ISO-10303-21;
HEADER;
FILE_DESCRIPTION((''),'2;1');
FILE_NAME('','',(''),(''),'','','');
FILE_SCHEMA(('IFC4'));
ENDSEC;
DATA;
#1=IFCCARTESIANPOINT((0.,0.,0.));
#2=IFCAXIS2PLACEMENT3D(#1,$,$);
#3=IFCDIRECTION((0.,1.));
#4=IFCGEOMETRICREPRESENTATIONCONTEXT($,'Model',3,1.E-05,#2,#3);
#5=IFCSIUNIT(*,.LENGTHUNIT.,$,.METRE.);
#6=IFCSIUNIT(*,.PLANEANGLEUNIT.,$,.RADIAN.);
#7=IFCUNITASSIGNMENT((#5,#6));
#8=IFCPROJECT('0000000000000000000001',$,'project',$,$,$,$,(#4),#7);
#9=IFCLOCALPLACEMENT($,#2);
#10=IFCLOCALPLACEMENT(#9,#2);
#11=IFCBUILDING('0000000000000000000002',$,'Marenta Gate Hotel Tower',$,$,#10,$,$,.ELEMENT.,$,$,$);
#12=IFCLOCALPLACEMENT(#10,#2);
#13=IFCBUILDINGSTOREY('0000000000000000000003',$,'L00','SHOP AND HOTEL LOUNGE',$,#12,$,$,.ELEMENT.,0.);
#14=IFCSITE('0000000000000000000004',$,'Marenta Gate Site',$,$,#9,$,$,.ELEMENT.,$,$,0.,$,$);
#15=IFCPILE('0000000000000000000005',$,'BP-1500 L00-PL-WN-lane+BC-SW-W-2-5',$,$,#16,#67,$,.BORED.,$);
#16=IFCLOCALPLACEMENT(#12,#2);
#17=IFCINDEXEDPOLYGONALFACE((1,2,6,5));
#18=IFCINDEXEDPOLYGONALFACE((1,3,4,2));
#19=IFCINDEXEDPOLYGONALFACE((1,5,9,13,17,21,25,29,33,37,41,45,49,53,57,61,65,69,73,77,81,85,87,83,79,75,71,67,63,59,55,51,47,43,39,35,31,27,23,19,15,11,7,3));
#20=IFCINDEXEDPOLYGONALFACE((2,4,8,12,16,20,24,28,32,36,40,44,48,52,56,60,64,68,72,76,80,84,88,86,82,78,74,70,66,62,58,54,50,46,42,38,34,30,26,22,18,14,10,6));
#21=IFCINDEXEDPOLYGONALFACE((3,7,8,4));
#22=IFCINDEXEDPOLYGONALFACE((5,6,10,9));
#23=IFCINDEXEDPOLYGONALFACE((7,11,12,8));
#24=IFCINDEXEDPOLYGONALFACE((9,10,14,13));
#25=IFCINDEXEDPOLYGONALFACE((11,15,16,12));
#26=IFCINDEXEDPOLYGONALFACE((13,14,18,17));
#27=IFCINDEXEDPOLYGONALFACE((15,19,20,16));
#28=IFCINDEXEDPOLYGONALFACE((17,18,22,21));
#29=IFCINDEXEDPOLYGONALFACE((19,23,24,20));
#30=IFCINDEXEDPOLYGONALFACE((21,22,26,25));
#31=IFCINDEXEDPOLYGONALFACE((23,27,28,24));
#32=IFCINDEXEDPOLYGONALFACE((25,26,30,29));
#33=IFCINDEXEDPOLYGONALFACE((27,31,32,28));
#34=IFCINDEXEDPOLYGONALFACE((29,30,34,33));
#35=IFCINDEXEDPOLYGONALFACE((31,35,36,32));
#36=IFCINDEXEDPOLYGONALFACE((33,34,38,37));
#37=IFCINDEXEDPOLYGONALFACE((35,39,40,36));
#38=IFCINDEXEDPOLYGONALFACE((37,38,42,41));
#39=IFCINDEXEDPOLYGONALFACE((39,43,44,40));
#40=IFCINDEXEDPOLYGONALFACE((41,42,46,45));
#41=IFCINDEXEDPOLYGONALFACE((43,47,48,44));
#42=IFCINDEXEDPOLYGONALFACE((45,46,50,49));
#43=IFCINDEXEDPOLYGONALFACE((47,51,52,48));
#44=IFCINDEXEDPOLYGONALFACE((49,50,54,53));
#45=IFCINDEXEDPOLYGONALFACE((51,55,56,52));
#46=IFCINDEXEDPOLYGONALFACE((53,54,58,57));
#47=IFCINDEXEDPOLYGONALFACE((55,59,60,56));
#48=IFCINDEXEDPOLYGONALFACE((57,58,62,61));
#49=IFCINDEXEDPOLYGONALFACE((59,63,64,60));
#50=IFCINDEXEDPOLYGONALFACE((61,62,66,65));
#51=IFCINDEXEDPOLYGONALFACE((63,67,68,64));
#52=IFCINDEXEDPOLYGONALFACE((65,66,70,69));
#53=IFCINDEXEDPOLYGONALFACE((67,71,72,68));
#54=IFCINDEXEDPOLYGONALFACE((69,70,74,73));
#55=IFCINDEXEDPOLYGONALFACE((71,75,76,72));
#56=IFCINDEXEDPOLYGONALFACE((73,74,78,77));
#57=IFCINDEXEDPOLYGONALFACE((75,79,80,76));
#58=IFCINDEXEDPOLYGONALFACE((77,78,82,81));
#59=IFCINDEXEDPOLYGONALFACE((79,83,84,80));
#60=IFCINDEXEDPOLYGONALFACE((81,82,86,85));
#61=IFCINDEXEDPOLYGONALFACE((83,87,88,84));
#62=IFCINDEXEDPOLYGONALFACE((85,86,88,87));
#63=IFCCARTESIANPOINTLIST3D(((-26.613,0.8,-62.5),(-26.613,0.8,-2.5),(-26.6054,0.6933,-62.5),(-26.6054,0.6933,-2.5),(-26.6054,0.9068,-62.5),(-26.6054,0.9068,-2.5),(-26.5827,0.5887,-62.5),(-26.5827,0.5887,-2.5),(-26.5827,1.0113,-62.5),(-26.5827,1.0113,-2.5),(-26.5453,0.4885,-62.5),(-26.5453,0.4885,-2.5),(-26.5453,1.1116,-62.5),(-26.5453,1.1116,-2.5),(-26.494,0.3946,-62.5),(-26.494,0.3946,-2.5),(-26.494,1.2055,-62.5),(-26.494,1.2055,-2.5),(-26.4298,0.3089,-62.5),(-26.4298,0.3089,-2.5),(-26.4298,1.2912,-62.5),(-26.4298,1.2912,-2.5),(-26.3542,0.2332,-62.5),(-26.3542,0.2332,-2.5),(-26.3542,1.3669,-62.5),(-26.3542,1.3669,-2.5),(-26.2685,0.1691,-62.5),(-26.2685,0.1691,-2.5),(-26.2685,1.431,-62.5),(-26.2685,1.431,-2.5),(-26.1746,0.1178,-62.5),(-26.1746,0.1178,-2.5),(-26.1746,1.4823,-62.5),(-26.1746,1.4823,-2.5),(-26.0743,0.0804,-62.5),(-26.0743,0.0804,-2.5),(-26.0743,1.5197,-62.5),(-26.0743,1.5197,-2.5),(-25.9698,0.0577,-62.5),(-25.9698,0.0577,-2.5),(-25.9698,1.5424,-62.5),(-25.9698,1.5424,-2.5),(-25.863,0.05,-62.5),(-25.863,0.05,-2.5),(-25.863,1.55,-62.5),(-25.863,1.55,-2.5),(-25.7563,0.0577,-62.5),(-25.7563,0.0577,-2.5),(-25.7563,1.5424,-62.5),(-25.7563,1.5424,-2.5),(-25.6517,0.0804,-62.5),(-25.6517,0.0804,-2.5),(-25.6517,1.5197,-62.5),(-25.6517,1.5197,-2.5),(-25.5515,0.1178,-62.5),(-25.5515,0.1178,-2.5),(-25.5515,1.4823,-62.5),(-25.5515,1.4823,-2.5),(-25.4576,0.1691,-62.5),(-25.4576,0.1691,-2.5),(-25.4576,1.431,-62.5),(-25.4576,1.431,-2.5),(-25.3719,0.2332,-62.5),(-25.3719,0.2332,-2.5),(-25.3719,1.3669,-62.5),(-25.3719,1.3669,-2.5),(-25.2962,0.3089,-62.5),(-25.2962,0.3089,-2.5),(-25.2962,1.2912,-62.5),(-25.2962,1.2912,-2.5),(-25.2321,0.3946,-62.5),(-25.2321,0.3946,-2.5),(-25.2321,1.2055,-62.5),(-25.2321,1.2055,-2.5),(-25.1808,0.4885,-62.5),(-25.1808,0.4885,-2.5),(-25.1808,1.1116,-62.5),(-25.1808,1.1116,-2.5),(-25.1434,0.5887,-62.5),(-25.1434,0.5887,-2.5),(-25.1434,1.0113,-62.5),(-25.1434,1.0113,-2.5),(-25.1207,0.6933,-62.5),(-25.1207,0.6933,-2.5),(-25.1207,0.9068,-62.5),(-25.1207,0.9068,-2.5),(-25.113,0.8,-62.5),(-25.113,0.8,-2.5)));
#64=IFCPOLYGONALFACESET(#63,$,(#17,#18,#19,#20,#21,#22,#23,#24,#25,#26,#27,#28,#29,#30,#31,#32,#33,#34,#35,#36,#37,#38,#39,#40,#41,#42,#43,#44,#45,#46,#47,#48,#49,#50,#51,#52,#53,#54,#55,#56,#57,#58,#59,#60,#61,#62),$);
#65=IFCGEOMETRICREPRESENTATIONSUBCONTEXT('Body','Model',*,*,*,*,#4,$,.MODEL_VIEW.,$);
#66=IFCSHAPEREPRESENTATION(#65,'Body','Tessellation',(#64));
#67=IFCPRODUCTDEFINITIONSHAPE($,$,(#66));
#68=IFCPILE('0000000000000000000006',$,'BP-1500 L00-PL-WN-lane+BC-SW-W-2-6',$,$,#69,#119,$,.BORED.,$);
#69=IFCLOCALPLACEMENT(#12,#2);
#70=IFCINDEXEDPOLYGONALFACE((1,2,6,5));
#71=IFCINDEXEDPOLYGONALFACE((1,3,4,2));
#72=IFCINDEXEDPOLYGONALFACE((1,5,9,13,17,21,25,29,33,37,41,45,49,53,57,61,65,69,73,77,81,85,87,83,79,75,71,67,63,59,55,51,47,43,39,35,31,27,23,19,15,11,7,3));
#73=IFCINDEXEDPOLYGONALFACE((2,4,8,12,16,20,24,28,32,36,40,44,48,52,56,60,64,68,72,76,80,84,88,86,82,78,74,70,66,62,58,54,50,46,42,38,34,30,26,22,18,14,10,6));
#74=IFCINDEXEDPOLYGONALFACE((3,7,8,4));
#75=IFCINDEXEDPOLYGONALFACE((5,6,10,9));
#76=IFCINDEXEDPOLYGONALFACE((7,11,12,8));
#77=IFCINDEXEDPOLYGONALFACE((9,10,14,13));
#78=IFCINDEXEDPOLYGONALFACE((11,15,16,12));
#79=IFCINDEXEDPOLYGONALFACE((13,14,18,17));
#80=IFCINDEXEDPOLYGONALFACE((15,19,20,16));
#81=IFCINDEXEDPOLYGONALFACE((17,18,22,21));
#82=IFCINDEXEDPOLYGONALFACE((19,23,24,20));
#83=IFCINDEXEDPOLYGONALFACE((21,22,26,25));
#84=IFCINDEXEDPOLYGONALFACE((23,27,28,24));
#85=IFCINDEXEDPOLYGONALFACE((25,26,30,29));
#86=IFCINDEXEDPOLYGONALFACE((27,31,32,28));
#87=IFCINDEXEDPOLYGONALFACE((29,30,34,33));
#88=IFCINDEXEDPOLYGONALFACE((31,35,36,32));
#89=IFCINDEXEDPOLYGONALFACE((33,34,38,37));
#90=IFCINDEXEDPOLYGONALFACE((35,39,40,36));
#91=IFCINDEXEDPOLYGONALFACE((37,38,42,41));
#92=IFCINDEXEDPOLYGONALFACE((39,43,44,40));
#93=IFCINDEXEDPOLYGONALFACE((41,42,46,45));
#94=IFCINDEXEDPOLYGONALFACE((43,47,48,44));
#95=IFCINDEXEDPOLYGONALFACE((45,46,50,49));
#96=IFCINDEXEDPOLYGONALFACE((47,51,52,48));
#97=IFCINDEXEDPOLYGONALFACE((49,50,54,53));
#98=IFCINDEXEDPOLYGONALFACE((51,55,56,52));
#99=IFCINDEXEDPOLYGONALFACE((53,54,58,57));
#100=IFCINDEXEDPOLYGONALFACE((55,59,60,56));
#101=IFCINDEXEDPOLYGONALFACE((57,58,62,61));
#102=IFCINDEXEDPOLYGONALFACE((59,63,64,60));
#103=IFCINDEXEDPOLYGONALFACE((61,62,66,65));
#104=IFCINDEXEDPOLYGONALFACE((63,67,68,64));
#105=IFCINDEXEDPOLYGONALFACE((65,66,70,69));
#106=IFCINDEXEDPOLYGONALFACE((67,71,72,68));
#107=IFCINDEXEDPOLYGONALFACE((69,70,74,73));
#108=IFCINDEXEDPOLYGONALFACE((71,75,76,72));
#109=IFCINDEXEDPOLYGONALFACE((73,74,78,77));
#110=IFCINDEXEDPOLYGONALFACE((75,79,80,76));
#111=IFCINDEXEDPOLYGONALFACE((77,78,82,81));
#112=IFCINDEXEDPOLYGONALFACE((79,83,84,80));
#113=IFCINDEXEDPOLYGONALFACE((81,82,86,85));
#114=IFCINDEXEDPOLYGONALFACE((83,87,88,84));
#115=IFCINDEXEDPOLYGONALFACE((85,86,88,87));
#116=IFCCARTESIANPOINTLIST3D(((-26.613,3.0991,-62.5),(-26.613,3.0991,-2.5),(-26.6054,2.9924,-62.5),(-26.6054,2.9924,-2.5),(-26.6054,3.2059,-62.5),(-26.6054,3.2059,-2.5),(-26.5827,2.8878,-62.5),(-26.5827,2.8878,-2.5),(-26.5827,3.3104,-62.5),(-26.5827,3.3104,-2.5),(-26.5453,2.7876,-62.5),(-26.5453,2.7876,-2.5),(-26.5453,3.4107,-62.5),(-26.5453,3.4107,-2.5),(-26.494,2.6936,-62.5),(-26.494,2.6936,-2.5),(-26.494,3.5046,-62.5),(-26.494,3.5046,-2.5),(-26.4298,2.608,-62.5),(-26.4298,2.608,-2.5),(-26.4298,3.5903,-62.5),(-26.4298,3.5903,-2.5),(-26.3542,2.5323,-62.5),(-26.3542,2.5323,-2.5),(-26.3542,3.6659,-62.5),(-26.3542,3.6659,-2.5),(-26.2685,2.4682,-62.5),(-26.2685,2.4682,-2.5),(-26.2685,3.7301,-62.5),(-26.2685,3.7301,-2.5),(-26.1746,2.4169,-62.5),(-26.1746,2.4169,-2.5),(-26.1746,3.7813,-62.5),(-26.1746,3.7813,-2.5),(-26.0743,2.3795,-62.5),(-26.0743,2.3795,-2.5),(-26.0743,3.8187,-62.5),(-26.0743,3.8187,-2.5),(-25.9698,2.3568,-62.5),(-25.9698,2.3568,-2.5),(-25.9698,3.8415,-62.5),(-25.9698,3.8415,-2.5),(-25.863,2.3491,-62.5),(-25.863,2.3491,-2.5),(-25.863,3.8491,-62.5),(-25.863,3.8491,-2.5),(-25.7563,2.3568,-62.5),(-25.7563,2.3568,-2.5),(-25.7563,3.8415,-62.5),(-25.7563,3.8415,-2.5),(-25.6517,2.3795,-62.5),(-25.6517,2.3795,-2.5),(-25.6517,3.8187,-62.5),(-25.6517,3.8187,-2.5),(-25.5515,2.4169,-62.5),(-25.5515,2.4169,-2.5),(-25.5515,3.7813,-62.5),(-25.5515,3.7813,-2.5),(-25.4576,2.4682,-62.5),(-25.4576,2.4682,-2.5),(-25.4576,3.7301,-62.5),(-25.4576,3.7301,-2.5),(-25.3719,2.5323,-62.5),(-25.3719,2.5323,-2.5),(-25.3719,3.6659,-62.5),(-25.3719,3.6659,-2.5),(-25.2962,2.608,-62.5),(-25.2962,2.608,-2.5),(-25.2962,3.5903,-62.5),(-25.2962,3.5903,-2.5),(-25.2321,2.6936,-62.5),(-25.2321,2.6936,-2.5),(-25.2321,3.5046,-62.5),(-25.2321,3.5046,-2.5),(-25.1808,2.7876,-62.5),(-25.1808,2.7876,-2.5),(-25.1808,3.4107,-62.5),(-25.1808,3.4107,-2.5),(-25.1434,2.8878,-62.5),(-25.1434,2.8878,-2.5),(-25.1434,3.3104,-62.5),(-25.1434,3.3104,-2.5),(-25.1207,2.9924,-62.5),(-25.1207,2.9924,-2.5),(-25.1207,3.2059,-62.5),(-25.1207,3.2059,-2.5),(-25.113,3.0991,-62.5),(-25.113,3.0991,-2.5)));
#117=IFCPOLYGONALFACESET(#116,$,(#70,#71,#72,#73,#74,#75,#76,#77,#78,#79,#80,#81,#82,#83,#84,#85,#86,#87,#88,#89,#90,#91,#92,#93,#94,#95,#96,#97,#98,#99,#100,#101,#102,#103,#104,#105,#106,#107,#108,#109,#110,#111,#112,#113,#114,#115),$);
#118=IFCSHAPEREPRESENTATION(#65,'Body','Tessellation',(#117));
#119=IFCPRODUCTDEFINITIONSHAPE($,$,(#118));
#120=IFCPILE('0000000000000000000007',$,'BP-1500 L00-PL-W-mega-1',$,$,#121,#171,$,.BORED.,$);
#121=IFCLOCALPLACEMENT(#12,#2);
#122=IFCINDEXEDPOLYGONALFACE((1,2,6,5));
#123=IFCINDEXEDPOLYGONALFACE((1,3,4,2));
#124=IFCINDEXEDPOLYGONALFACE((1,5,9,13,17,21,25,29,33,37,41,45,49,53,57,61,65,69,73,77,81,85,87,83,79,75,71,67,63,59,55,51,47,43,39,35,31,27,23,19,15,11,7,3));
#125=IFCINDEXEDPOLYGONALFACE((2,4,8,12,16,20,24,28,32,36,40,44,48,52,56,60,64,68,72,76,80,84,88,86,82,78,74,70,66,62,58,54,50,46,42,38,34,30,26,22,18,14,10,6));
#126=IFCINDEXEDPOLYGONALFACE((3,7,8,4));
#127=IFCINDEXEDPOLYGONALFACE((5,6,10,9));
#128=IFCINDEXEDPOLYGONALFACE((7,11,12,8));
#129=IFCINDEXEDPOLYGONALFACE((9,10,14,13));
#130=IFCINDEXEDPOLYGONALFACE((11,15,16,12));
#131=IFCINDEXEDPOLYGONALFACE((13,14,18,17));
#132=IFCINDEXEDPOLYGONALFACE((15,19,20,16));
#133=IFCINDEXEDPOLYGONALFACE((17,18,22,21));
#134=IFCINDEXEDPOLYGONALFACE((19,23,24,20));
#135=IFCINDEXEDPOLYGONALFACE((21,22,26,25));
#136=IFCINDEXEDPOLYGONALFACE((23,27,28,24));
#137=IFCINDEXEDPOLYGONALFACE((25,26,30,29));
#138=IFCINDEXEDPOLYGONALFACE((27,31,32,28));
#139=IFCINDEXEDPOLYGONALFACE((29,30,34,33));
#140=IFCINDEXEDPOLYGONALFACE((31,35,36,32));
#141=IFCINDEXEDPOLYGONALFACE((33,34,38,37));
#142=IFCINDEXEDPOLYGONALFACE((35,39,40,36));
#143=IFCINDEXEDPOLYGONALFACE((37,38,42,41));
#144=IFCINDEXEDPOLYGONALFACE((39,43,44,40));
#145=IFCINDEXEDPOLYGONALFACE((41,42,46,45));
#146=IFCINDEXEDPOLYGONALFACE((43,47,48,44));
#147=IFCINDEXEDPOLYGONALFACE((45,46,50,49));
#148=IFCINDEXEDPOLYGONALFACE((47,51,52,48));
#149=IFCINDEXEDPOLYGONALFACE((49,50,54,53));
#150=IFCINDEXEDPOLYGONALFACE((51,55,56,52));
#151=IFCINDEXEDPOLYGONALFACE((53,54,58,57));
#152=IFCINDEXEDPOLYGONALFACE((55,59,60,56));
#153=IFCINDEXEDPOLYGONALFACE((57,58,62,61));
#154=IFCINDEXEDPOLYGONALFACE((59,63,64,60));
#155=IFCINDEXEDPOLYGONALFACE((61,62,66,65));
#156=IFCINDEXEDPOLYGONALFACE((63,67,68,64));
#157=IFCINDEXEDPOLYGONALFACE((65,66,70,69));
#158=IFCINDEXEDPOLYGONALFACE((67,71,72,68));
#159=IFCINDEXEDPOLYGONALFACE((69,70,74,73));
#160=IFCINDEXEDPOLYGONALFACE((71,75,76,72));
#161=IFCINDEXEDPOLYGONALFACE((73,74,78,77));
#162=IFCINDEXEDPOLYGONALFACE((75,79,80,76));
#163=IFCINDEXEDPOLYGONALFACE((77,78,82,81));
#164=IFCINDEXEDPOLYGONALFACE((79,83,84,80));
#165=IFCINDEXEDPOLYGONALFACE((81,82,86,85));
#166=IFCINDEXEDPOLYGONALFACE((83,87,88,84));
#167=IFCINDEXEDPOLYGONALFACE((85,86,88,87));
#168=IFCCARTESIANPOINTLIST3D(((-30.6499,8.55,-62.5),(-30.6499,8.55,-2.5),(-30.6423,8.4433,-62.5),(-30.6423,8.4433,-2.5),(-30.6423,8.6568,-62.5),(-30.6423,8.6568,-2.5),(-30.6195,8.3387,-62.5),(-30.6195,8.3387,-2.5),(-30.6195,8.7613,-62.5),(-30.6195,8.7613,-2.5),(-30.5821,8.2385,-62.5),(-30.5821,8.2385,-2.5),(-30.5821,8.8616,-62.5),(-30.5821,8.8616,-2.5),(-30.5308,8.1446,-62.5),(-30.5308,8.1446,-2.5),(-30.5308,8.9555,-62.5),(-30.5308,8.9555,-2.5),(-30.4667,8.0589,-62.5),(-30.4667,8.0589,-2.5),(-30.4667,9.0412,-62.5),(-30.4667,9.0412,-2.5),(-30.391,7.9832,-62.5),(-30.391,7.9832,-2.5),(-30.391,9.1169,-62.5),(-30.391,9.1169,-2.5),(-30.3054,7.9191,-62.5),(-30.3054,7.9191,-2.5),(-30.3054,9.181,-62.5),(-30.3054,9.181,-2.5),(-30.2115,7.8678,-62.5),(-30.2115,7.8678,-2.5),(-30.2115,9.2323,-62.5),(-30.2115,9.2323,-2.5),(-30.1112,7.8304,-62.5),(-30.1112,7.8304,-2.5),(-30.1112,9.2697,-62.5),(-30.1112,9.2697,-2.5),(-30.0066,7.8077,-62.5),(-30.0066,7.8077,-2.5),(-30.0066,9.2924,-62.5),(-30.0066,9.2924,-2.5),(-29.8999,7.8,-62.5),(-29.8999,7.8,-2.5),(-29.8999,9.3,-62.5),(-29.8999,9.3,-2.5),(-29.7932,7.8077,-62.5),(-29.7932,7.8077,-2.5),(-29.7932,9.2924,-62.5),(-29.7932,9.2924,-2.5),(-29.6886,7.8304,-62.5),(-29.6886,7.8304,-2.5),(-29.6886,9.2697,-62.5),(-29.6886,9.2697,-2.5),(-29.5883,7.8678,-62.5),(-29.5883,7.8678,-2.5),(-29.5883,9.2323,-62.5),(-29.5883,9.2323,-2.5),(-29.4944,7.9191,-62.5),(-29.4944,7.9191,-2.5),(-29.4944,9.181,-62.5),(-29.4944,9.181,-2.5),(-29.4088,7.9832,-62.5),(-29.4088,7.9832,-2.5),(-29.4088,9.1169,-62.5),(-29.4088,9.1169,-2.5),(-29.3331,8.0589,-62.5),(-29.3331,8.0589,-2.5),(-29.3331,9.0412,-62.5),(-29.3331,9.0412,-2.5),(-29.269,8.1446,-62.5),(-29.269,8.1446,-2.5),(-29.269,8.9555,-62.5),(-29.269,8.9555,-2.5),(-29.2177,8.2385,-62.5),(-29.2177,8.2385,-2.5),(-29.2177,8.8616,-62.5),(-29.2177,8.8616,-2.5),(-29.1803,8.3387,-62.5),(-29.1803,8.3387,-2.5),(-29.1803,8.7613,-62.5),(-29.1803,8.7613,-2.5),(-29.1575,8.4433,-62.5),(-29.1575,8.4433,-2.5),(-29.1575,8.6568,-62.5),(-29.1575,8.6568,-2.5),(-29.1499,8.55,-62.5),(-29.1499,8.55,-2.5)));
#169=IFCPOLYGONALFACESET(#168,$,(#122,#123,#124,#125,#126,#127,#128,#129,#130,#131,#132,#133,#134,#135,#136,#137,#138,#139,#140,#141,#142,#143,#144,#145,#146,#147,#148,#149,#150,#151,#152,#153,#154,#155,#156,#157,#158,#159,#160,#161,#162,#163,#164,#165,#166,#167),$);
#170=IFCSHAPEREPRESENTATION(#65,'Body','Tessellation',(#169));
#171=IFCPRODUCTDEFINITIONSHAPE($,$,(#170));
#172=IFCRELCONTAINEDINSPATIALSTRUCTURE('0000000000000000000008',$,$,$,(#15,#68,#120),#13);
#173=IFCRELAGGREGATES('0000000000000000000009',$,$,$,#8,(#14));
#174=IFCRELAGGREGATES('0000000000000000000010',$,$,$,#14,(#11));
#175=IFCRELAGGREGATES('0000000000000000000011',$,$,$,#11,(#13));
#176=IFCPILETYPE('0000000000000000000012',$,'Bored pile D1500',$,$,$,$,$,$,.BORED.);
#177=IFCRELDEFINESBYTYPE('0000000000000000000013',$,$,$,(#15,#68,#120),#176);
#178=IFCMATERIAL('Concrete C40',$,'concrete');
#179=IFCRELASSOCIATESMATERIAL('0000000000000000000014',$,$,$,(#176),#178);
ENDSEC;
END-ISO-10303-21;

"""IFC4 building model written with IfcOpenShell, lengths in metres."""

from ifc_helpers import new_model, si_unit, direction, frame, origin, origin_2d, place, context, subcontext, project, spatial, circle, extrude, material, type_object, element, save


model = new_model("IFC4")

# Units and contexts
model_context = context("Model", 3, precision=1e-05, world=origin(), true_north=direction((0.0, 1.0)))
body_context = subcontext(model_context, "Body", "Model", "MODEL_VIEW")
ifc_project = project(units=[si_unit("LENGTHUNIT", "METRE"), si_unit("PLANEANGLEUNIT", "RADIAN")], contexts=[model_context])

# Site, building, storey
site_placement = place(None, origin())
site = spatial("IfcSite", under=ifc_project, at=site_placement, Name="Marenta Gate Site", CompositionType="ELEMENT", RefElevation=0.0)
building_placement = place(site_placement, origin())
building = spatial("IfcBuilding", under=site, at=building_placement, Name="Marenta Gate Hotel Tower", CompositionType="ELEMENT")
storey_placement = place(building_placement, origin())
storey = spatial("IfcBuildingStorey", under=building, at=storey_placement, Name="L00", Description="SHOP AND HOTEL LOUNGE", CompositionType="ELEMENT", Elevation=0.0)

# Piles
ifc_material_1 = material(Name="Concrete C40", Category="concrete")
pile_type = type_object("IfcPileType", Name="Bored pile D1500", PredefinedType="BORED", material=ifc_material_1)
for number, where, z_axis, x_axis, name in (
    (1, (-25.863, 0.8, -2.5), (0.0, 0.0, -1.0), (1.0, 0.0, 0.0), "BP-1500 L00-PL-WN-lane+BC-SW-W-2-5"),
    (2, (-25.863, 3.0991, -2.5), (0.0, 0.0, -1.0), (1.0, 0.0, 0.0), "BP-1500 L00-PL-WN-lane+BC-SW-W-2-6"),
    (3, (-29.8999, 8.55, -2.5), (0.0, 0.0, -1.0), (1.0, 0.0, 0.0), "BP-1500 L00-PL-W-mega-1"),
):
    element("IfcPile", number, at=place(storey_placement, frame(where, z_axis=z_axis, x_axis=x_axis)), inside=storey, type_object=pile_type, Name=name, PredefinedType="BORED", context=body_context, shape_type="SweptSolid", body=[
        extrude(circle(Radius=0.75, at=origin_2d()), origin(), (0.0, 0.0, 1.0), 60.0),
    ])

save(model, "model.ifc")
